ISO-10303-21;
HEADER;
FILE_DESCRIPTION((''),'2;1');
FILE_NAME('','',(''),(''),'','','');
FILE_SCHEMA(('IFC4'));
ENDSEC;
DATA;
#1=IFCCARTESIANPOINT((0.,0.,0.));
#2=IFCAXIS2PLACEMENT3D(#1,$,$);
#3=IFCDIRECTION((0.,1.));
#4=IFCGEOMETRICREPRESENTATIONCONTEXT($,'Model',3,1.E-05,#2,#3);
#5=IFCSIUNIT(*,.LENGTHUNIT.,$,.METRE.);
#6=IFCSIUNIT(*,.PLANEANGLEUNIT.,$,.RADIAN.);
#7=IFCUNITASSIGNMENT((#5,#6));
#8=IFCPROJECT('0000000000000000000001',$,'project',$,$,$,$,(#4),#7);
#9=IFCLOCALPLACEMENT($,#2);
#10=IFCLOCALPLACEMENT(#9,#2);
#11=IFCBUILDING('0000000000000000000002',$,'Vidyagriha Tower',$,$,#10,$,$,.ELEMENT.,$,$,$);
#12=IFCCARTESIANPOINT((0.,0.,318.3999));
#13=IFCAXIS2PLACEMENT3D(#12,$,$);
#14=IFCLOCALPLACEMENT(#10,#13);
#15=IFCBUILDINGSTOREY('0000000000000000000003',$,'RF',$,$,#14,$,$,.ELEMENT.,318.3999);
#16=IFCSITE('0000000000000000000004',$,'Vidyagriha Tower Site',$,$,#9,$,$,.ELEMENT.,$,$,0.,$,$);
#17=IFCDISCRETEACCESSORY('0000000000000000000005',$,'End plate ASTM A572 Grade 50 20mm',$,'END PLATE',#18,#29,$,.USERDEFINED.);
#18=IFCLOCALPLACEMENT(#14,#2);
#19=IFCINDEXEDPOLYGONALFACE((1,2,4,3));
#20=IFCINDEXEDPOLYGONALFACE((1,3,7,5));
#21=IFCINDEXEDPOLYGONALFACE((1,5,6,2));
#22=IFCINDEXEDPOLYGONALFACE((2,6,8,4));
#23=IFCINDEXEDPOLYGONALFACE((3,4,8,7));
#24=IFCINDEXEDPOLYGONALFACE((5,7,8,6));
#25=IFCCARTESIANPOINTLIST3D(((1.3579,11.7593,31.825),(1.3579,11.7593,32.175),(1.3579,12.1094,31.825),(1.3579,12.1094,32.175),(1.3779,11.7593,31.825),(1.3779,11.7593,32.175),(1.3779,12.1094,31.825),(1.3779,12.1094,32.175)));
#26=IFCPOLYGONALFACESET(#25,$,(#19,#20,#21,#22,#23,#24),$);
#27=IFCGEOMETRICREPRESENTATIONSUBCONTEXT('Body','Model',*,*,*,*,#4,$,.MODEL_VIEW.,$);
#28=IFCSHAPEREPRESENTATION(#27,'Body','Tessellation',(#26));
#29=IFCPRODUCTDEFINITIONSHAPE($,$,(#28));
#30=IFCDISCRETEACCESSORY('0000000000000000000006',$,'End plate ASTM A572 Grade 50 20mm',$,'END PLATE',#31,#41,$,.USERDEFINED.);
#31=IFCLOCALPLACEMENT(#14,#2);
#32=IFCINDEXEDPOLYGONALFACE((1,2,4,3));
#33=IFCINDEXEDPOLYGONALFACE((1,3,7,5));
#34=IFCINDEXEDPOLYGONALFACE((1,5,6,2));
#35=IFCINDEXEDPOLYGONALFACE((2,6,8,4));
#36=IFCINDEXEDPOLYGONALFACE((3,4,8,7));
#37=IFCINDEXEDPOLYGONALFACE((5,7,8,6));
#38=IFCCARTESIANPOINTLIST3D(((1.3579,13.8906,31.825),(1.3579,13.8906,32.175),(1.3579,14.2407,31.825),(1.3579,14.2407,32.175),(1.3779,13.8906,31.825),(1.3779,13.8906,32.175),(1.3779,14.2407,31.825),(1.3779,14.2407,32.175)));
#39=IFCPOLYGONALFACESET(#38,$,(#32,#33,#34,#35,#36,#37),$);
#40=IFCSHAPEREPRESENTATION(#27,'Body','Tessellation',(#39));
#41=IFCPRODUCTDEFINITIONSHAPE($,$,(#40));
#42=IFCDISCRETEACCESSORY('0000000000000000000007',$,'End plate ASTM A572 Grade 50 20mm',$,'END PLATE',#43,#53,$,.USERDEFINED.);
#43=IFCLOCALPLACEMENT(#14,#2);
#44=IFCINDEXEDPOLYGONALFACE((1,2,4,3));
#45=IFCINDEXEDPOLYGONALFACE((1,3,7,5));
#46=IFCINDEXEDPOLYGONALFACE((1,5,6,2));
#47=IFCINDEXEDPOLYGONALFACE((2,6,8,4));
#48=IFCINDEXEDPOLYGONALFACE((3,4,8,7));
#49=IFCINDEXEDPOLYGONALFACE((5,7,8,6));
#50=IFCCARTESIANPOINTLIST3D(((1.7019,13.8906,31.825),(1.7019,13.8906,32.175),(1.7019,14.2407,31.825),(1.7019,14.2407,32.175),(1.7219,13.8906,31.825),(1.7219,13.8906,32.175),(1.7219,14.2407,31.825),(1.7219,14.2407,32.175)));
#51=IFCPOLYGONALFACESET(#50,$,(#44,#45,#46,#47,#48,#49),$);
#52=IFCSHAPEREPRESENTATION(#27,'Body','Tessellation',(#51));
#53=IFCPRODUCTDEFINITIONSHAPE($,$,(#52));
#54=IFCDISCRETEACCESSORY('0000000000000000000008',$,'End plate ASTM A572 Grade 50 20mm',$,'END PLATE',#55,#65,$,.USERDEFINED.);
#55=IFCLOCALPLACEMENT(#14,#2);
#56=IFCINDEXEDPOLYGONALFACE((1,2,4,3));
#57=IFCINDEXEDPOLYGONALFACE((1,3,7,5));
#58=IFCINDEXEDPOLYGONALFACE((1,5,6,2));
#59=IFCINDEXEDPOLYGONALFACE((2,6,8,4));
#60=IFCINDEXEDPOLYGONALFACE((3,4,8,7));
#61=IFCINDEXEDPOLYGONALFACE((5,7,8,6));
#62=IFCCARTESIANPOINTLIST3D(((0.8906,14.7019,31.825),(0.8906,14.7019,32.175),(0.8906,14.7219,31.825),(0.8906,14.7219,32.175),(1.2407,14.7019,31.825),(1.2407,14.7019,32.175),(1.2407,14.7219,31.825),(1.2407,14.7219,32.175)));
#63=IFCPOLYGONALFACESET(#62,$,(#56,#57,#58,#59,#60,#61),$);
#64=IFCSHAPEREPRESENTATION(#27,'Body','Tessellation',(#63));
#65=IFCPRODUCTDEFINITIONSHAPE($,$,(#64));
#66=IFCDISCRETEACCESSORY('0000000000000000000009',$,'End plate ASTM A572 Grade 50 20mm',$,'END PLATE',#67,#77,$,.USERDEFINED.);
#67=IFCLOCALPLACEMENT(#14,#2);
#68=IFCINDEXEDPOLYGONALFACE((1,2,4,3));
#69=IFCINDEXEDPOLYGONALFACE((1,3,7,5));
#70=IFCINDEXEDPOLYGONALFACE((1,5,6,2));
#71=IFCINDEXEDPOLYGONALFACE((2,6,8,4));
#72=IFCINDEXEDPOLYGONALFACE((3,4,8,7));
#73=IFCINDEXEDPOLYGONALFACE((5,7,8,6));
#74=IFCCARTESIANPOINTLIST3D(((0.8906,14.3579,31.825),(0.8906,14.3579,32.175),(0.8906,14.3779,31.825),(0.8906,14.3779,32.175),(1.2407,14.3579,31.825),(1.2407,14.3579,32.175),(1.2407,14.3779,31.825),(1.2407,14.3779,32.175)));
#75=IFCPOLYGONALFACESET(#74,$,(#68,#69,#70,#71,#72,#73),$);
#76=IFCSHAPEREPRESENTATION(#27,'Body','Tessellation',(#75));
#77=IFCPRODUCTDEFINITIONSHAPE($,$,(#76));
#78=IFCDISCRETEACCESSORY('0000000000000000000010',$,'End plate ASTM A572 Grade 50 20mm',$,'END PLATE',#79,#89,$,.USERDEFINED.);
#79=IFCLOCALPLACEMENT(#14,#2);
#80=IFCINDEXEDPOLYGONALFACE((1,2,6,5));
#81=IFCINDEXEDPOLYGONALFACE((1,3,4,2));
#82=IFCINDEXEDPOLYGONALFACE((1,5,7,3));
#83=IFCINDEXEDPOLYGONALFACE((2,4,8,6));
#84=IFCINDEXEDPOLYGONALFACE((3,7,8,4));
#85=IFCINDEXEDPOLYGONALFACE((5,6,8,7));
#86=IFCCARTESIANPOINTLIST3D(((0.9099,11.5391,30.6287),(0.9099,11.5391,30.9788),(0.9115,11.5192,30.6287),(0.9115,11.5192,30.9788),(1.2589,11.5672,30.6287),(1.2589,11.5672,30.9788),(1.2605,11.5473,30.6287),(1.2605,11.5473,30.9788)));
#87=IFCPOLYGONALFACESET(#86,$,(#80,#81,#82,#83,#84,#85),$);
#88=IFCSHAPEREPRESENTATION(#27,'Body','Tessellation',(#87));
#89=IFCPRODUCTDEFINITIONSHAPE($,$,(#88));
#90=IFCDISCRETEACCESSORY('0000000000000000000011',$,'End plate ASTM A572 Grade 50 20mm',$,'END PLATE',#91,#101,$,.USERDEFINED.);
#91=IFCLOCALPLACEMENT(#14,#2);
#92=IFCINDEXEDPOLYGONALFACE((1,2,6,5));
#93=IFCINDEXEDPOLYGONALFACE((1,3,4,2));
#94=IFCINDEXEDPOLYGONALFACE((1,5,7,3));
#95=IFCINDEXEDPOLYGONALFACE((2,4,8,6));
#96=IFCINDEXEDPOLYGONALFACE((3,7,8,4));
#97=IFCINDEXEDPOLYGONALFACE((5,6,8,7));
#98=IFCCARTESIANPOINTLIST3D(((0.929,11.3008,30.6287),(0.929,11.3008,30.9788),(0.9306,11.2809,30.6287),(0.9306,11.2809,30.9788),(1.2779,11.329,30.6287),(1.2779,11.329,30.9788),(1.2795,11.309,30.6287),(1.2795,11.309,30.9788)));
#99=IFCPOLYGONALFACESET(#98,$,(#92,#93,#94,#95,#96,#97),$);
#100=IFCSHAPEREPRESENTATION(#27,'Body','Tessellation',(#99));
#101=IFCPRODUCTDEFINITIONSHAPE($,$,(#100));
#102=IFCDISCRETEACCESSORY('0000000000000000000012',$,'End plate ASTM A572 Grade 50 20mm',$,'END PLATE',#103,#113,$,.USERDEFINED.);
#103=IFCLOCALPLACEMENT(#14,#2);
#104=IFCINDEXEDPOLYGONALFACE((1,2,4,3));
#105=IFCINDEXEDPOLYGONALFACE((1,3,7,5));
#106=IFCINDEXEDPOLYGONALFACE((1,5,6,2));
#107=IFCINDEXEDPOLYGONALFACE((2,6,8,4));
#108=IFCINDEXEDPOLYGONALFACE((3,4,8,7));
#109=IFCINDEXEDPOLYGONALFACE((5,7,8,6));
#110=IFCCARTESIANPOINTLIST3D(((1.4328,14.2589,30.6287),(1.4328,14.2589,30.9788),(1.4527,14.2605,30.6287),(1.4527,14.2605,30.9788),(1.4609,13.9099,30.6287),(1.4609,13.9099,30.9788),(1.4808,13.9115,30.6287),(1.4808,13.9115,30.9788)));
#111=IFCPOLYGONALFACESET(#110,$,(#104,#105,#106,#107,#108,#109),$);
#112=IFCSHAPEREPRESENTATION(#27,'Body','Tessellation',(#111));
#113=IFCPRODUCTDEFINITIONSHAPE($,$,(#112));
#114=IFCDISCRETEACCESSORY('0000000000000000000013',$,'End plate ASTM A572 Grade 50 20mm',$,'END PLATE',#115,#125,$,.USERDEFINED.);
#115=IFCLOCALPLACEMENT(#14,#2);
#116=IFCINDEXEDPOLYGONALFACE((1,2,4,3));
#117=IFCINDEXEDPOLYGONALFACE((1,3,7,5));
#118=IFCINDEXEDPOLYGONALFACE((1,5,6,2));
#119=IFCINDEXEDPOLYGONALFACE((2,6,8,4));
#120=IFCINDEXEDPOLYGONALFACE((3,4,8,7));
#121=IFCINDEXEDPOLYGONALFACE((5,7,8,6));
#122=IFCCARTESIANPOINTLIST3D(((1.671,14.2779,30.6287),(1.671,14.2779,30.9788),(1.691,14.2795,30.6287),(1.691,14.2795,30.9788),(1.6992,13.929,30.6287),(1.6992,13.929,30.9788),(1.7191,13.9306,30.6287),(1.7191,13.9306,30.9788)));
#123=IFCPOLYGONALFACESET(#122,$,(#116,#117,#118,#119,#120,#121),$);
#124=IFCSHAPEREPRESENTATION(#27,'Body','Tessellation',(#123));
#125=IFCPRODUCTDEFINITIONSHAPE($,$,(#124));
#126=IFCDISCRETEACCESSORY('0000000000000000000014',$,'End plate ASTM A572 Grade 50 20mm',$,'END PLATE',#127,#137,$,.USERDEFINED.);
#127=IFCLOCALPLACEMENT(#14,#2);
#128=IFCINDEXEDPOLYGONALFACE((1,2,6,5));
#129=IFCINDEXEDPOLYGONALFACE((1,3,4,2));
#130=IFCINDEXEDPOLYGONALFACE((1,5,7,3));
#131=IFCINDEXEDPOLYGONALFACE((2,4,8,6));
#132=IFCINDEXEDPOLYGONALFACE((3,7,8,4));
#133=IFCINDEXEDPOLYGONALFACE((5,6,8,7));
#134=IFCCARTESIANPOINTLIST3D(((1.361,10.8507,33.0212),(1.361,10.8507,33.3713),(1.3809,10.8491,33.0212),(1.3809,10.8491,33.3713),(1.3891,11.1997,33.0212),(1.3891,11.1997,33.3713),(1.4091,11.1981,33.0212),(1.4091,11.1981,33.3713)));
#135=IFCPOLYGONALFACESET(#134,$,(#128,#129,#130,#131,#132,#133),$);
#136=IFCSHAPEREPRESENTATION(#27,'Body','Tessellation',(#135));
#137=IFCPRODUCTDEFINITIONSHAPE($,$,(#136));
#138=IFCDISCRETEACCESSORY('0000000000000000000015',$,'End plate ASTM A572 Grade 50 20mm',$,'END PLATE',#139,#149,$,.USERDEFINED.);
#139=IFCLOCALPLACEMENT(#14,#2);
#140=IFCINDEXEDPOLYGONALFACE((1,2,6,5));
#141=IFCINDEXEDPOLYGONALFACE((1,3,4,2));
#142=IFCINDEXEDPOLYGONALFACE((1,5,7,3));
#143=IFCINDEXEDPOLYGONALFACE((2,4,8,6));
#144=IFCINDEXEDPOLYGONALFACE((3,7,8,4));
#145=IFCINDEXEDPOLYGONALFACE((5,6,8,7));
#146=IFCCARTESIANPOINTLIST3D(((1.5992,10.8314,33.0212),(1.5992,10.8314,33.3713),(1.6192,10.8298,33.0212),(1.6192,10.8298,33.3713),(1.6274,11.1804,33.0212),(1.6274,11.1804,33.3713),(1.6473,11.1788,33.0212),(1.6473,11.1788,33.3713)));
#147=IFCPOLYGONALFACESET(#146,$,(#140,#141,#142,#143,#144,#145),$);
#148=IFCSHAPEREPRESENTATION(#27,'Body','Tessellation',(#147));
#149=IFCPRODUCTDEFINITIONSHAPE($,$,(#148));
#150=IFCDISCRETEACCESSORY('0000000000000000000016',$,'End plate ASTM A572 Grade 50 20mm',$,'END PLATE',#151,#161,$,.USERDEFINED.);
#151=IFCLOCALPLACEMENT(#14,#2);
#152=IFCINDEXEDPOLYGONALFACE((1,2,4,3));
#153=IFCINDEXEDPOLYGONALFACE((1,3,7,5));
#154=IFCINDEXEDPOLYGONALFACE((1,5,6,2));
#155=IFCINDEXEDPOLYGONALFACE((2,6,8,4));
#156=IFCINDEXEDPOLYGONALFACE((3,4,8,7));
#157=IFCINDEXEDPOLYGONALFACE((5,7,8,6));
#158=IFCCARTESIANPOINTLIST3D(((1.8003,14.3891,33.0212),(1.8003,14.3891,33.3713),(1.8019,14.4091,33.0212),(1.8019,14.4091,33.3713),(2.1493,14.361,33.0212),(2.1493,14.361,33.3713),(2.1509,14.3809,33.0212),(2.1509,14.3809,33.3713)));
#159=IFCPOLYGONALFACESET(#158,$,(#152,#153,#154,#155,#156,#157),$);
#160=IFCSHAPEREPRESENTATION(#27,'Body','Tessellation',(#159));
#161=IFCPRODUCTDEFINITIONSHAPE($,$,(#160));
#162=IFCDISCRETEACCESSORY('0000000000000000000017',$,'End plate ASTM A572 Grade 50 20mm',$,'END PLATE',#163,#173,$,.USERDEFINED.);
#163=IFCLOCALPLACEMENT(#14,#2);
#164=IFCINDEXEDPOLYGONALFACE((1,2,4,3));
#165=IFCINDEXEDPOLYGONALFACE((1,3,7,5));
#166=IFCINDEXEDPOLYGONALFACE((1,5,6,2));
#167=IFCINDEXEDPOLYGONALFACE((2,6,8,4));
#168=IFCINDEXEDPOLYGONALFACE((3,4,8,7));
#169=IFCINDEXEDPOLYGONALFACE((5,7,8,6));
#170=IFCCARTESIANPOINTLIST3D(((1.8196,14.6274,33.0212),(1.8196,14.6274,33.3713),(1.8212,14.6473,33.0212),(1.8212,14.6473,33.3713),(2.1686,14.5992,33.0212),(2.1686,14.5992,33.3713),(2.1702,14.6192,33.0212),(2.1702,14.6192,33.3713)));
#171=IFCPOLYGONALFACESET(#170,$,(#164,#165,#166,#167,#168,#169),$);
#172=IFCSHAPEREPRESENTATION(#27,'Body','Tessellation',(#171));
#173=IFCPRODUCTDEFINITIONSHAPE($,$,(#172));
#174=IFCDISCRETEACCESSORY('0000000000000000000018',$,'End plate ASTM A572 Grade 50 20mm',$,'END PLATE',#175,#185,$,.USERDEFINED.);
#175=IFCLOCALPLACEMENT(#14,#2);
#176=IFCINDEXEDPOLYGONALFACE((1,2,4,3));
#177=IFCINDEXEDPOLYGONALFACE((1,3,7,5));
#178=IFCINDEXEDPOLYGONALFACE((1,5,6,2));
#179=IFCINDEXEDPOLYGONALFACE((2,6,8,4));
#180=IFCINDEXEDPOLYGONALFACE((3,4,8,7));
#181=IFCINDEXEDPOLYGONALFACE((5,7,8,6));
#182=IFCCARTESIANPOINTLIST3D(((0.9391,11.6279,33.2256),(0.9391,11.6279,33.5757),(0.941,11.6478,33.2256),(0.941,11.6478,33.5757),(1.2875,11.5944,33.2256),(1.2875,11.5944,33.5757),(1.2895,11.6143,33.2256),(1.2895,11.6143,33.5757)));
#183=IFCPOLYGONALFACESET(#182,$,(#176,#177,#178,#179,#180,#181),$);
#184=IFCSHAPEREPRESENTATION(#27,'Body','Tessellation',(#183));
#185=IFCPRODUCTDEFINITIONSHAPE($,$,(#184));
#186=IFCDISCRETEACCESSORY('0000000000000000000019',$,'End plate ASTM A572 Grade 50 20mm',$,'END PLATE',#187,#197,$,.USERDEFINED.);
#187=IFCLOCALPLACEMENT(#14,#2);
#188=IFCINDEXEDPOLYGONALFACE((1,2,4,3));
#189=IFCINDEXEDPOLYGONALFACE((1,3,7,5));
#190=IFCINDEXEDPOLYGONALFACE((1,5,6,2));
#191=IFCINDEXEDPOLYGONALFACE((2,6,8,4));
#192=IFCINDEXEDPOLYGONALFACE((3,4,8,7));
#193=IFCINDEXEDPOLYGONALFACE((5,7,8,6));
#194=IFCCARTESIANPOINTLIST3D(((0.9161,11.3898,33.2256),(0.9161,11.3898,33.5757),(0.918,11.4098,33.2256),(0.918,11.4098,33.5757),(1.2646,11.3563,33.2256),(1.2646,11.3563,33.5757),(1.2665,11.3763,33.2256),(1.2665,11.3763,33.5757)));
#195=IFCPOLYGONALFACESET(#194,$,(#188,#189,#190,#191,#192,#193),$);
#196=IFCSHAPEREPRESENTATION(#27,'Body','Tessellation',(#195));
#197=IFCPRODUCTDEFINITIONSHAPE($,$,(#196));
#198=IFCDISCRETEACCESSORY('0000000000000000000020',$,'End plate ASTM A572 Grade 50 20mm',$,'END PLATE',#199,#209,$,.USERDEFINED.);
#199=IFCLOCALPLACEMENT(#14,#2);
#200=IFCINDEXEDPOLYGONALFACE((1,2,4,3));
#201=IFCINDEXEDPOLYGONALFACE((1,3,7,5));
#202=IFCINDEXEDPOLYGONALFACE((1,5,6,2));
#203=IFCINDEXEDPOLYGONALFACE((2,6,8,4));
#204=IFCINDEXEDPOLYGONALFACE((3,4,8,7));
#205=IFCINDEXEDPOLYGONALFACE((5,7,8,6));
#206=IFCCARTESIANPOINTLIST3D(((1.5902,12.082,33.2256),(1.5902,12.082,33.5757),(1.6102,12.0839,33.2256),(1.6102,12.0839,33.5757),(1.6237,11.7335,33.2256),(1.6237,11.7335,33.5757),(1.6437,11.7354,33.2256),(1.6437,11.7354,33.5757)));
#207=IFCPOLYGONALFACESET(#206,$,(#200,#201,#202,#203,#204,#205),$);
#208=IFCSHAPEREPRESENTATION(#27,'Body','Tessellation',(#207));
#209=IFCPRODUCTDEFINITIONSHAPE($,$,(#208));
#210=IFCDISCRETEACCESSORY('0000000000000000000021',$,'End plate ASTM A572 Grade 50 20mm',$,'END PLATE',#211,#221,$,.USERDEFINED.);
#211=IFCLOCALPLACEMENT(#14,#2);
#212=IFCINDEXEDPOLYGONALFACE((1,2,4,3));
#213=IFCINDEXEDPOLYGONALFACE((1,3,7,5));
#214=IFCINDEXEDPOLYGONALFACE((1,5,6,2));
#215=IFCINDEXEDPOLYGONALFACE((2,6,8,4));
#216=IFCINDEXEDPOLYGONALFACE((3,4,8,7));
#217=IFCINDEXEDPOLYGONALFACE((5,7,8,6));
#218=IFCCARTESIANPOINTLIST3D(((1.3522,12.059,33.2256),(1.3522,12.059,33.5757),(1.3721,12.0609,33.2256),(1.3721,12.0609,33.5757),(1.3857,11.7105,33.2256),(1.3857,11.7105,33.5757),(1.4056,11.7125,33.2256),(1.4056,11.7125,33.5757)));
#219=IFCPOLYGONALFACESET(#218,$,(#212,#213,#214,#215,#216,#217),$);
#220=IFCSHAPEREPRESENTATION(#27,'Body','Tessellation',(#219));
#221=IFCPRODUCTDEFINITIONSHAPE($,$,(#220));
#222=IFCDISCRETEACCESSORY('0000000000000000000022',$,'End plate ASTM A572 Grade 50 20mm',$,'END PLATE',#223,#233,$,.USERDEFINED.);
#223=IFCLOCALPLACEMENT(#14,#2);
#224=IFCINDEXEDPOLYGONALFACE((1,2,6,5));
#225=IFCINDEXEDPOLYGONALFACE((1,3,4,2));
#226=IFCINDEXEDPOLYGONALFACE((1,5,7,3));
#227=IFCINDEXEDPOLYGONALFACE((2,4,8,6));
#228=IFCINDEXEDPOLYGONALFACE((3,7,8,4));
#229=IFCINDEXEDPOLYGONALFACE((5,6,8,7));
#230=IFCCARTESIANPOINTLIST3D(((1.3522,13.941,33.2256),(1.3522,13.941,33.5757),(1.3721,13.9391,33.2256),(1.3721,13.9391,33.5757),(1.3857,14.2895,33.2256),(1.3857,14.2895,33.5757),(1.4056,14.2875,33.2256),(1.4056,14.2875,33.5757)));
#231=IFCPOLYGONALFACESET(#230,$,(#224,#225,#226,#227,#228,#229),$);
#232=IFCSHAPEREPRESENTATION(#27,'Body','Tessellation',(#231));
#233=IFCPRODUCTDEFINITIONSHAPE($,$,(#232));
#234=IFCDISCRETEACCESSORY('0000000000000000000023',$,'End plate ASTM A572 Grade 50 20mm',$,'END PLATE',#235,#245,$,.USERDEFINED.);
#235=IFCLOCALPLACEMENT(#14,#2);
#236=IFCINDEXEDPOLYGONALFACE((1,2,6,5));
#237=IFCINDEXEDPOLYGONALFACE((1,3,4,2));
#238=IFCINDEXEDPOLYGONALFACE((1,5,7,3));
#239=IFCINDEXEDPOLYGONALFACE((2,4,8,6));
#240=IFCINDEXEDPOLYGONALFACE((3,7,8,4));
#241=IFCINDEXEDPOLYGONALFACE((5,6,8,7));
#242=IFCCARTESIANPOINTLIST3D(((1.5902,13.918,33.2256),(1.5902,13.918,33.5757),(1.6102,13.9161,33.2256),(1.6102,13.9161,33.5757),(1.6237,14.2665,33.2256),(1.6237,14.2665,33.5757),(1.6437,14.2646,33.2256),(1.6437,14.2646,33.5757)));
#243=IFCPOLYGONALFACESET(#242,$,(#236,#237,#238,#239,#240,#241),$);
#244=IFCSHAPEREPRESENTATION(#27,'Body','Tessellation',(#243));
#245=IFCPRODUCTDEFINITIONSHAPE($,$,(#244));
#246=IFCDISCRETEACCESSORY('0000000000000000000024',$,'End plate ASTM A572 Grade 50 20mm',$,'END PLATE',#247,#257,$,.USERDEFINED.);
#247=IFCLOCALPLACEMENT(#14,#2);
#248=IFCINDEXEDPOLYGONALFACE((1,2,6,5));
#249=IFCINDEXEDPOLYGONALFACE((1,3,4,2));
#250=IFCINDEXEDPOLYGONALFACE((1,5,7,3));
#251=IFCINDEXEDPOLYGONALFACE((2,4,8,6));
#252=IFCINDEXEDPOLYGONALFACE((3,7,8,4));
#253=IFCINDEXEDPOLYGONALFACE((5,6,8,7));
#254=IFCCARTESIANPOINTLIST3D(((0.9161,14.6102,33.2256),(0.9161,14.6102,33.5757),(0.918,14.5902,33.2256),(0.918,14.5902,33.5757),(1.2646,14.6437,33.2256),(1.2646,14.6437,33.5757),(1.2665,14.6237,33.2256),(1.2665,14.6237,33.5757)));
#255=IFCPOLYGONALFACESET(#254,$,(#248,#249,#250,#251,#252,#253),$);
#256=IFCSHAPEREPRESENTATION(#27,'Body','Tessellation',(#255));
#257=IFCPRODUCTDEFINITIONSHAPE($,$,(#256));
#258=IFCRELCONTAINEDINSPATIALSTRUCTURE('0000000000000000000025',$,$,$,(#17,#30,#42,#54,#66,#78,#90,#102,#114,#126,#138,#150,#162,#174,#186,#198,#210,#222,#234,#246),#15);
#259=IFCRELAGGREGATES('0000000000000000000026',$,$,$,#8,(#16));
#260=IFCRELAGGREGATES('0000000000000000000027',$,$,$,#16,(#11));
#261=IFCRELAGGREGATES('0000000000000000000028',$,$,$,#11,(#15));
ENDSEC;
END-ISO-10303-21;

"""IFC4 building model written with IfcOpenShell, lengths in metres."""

from ifc_helpers import new_model, si_unit, direction, frame, origin, origin_2d, place, context, subcontext, project, spatial, rectangle, extrude, element, save


model = new_model("IFC4")

# Units and contexts
model_context = context("Model", 3, precision=1e-05, world=origin(), true_north=direction((0.0, 1.0)))
body_context = subcontext(model_context, "Body", "Model", "MODEL_VIEW")
ifc_project = project(units=[si_unit("LENGTHUNIT", "METRE"), si_unit("PLANEANGLEUNIT", "RADIAN")], contexts=[model_context])

# Site, building, storey
site_placement = place(None, origin())
site = spatial("IfcSite", under=ifc_project, at=site_placement, Name="Vidyagriha Tower Site", CompositionType="ELEMENT", RefElevation=0.0)
building_placement = place(site_placement, origin())
building = spatial("IfcBuilding", under=site, at=building_placement, Name="Vidyagriha Tower", CompositionType="ELEMENT")
storey_placement = place(building_placement, frame((0.0, 0.0, 318.3999)))
storey = spatial("IfcBuildingStorey", under=building, at=storey_placement, Name="RF", CompositionType="ELEMENT", Elevation=318.3999)

# Discrete accessories
for number, where, z_axis, x_axis, name in (
    (1, (1.3679, 11.9343, 31.825), (0.0, 0.0, 1.0), (0.0, -1.0, 0.0), "End plate ASTM A572 Grade 50 20mm"),
    (2, (1.3679, 14.0657, 31.825), (0.0, 0.0, 1.0), (0.0, 1.0, 0.0), "End plate ASTM A572 Grade 50 20mm"),
    (3, (1.7119, 14.0657, 31.825), (0.0, 0.0, 1.0), (0.0, 1.0, 0.0), "End plate ASTM A572 Grade 50 20mm"),
):
    element("IfcDiscreteAccessory", number, at=place(storey_placement, frame(where, z_axis=z_axis, x_axis=x_axis)), inside=storey, Name=name, ObjectType="END PLATE", PredefinedType="USERDEFINED", context=body_context, shape_type="SweptSolid", body=[
        extrude(rectangle(XDim=0.3501, YDim=0.02, at=origin_2d()), origin(), (0.0, 0.0, 1.0), 0.3501),
    ])
for number, where, name in (
    (4, (1.0657, 14.7119, 31.825), "End plate ASTM A572 Grade 50 20mm"),
    (5, (1.0657, 14.3679, 31.825), "End plate ASTM A572 Grade 50 20mm"),
):
    element("IfcDiscreteAccessory", number, at=place(storey_placement, frame(where)), inside=storey, Name=name, ObjectType="END PLATE", PredefinedType="USERDEFINED", context=body_context, shape_type="SweptSolid", body=[
        extrude(rectangle(XDim=0.3501, YDim=0.02, at=origin_2d()), origin(), (0.0, 0.0, 1.0), 0.3501),
    ])
for number, where, z_axis, x_axis, name in (
    (6, (1.0852, 11.5432, 30.6287), (0.0, 0.0, 1.0), (0.996769, 0.080315, 0.0), "End plate ASTM A572 Grade 50 20mm"),
    (7, (1.1042, 11.3049, 30.6287), (0.0, 0.0, 1.0), (0.996769, 0.080315, 0.0), "End plate ASTM A572 Grade 50 20mm"),
    (8, (1.4568, 14.0852, 30.6287), (0.0, 0.0, 1.0), (-0.080315, 0.996769, 0.0), "End plate ASTM A572 Grade 50 20mm"),
    (9, (1.6951, 14.1042, 30.6287), (0.0, 0.0, 1.0), (-0.080315, 0.996769, 0.0), "End plate ASTM A572 Grade 50 20mm"),
    (10, (1.385, 11.0244, 33.0212), (0.0, 0.0, 1.0), (0.080349, 0.996767, 0.0), "End plate ASTM A572 Grade 50 20mm"),
    (11, (1.6233, 11.0051, 33.0212), (0.0, 0.0, 1.0), (0.080349, 0.996767, 0.0), "End plate ASTM A572 Grade 50 20mm"),
    (12, (1.9756, 14.385, 33.0212), (0.0, 0.0, 1.0), (-0.996767, 0.080349, 0.0), "End plate ASTM A572 Grade 50 20mm"),
    (13, (1.9949, 14.6233, 33.0212), (0.0, 0.0, 1.0), (-0.996767, 0.080349, 0.0), "End plate ASTM A572 Grade 50 20mm"),
    (14, (1.1143, 11.6211, 33.2256), (0.0, 0.0, 1.0), (0.995415, -0.095648, 0.0), "End plate ASTM A572 Grade 50 20mm"),
    (15, (1.0913, 11.3831, 33.2256), (0.0, 0.0, 1.0), (0.995415, -0.095648, 0.0), "End plate ASTM A572 Grade 50 20mm"),
    (16, (1.6169, 11.9087, 33.2256), (0.0, 0.0, 1.0), (0.095648, -0.995415, 0.0), "End plate ASTM A572 Grade 50 20mm"),
    (17, (1.3789, 11.8857, 33.2256), (0.0, 0.0, 1.0), (0.095648, -0.995415, 0.0), "End plate ASTM A572 Grade 50 20mm"),
    (18, (1.3789, 14.1143, 33.2256), (0.0, 0.0, 1.0), (0.095648, 0.995415, 0.0), "End plate ASTM A572 Grade 50 20mm"),
    (19, (1.6169, 14.0913, 33.2256), (0.0, 0.0, 1.0), (0.095648, 0.995415, 0.0), "End plate ASTM A572 Grade 50 20mm"),
    (20, (1.0913, 14.6169, 33.2256), (0.0, 0.0, 1.0), (0.995415, 0.095648, 0.0), "End plate ASTM A572 Grade 50 20mm"),
):
    element("IfcDiscreteAccessory", number, at=place(storey_placement, frame(where, z_axis=z_axis, x_axis=x_axis)), inside=storey, Name=name, ObjectType="END PLATE", PredefinedType="USERDEFINED", context=body_context, shape_type="SweptSolid", body=[
        extrude(rectangle(XDim=0.3501, YDim=0.02, at=origin_2d()), origin(), (0.0, 0.0, 1.0), 0.3501),
    ])

save(model, "model.ifc")
